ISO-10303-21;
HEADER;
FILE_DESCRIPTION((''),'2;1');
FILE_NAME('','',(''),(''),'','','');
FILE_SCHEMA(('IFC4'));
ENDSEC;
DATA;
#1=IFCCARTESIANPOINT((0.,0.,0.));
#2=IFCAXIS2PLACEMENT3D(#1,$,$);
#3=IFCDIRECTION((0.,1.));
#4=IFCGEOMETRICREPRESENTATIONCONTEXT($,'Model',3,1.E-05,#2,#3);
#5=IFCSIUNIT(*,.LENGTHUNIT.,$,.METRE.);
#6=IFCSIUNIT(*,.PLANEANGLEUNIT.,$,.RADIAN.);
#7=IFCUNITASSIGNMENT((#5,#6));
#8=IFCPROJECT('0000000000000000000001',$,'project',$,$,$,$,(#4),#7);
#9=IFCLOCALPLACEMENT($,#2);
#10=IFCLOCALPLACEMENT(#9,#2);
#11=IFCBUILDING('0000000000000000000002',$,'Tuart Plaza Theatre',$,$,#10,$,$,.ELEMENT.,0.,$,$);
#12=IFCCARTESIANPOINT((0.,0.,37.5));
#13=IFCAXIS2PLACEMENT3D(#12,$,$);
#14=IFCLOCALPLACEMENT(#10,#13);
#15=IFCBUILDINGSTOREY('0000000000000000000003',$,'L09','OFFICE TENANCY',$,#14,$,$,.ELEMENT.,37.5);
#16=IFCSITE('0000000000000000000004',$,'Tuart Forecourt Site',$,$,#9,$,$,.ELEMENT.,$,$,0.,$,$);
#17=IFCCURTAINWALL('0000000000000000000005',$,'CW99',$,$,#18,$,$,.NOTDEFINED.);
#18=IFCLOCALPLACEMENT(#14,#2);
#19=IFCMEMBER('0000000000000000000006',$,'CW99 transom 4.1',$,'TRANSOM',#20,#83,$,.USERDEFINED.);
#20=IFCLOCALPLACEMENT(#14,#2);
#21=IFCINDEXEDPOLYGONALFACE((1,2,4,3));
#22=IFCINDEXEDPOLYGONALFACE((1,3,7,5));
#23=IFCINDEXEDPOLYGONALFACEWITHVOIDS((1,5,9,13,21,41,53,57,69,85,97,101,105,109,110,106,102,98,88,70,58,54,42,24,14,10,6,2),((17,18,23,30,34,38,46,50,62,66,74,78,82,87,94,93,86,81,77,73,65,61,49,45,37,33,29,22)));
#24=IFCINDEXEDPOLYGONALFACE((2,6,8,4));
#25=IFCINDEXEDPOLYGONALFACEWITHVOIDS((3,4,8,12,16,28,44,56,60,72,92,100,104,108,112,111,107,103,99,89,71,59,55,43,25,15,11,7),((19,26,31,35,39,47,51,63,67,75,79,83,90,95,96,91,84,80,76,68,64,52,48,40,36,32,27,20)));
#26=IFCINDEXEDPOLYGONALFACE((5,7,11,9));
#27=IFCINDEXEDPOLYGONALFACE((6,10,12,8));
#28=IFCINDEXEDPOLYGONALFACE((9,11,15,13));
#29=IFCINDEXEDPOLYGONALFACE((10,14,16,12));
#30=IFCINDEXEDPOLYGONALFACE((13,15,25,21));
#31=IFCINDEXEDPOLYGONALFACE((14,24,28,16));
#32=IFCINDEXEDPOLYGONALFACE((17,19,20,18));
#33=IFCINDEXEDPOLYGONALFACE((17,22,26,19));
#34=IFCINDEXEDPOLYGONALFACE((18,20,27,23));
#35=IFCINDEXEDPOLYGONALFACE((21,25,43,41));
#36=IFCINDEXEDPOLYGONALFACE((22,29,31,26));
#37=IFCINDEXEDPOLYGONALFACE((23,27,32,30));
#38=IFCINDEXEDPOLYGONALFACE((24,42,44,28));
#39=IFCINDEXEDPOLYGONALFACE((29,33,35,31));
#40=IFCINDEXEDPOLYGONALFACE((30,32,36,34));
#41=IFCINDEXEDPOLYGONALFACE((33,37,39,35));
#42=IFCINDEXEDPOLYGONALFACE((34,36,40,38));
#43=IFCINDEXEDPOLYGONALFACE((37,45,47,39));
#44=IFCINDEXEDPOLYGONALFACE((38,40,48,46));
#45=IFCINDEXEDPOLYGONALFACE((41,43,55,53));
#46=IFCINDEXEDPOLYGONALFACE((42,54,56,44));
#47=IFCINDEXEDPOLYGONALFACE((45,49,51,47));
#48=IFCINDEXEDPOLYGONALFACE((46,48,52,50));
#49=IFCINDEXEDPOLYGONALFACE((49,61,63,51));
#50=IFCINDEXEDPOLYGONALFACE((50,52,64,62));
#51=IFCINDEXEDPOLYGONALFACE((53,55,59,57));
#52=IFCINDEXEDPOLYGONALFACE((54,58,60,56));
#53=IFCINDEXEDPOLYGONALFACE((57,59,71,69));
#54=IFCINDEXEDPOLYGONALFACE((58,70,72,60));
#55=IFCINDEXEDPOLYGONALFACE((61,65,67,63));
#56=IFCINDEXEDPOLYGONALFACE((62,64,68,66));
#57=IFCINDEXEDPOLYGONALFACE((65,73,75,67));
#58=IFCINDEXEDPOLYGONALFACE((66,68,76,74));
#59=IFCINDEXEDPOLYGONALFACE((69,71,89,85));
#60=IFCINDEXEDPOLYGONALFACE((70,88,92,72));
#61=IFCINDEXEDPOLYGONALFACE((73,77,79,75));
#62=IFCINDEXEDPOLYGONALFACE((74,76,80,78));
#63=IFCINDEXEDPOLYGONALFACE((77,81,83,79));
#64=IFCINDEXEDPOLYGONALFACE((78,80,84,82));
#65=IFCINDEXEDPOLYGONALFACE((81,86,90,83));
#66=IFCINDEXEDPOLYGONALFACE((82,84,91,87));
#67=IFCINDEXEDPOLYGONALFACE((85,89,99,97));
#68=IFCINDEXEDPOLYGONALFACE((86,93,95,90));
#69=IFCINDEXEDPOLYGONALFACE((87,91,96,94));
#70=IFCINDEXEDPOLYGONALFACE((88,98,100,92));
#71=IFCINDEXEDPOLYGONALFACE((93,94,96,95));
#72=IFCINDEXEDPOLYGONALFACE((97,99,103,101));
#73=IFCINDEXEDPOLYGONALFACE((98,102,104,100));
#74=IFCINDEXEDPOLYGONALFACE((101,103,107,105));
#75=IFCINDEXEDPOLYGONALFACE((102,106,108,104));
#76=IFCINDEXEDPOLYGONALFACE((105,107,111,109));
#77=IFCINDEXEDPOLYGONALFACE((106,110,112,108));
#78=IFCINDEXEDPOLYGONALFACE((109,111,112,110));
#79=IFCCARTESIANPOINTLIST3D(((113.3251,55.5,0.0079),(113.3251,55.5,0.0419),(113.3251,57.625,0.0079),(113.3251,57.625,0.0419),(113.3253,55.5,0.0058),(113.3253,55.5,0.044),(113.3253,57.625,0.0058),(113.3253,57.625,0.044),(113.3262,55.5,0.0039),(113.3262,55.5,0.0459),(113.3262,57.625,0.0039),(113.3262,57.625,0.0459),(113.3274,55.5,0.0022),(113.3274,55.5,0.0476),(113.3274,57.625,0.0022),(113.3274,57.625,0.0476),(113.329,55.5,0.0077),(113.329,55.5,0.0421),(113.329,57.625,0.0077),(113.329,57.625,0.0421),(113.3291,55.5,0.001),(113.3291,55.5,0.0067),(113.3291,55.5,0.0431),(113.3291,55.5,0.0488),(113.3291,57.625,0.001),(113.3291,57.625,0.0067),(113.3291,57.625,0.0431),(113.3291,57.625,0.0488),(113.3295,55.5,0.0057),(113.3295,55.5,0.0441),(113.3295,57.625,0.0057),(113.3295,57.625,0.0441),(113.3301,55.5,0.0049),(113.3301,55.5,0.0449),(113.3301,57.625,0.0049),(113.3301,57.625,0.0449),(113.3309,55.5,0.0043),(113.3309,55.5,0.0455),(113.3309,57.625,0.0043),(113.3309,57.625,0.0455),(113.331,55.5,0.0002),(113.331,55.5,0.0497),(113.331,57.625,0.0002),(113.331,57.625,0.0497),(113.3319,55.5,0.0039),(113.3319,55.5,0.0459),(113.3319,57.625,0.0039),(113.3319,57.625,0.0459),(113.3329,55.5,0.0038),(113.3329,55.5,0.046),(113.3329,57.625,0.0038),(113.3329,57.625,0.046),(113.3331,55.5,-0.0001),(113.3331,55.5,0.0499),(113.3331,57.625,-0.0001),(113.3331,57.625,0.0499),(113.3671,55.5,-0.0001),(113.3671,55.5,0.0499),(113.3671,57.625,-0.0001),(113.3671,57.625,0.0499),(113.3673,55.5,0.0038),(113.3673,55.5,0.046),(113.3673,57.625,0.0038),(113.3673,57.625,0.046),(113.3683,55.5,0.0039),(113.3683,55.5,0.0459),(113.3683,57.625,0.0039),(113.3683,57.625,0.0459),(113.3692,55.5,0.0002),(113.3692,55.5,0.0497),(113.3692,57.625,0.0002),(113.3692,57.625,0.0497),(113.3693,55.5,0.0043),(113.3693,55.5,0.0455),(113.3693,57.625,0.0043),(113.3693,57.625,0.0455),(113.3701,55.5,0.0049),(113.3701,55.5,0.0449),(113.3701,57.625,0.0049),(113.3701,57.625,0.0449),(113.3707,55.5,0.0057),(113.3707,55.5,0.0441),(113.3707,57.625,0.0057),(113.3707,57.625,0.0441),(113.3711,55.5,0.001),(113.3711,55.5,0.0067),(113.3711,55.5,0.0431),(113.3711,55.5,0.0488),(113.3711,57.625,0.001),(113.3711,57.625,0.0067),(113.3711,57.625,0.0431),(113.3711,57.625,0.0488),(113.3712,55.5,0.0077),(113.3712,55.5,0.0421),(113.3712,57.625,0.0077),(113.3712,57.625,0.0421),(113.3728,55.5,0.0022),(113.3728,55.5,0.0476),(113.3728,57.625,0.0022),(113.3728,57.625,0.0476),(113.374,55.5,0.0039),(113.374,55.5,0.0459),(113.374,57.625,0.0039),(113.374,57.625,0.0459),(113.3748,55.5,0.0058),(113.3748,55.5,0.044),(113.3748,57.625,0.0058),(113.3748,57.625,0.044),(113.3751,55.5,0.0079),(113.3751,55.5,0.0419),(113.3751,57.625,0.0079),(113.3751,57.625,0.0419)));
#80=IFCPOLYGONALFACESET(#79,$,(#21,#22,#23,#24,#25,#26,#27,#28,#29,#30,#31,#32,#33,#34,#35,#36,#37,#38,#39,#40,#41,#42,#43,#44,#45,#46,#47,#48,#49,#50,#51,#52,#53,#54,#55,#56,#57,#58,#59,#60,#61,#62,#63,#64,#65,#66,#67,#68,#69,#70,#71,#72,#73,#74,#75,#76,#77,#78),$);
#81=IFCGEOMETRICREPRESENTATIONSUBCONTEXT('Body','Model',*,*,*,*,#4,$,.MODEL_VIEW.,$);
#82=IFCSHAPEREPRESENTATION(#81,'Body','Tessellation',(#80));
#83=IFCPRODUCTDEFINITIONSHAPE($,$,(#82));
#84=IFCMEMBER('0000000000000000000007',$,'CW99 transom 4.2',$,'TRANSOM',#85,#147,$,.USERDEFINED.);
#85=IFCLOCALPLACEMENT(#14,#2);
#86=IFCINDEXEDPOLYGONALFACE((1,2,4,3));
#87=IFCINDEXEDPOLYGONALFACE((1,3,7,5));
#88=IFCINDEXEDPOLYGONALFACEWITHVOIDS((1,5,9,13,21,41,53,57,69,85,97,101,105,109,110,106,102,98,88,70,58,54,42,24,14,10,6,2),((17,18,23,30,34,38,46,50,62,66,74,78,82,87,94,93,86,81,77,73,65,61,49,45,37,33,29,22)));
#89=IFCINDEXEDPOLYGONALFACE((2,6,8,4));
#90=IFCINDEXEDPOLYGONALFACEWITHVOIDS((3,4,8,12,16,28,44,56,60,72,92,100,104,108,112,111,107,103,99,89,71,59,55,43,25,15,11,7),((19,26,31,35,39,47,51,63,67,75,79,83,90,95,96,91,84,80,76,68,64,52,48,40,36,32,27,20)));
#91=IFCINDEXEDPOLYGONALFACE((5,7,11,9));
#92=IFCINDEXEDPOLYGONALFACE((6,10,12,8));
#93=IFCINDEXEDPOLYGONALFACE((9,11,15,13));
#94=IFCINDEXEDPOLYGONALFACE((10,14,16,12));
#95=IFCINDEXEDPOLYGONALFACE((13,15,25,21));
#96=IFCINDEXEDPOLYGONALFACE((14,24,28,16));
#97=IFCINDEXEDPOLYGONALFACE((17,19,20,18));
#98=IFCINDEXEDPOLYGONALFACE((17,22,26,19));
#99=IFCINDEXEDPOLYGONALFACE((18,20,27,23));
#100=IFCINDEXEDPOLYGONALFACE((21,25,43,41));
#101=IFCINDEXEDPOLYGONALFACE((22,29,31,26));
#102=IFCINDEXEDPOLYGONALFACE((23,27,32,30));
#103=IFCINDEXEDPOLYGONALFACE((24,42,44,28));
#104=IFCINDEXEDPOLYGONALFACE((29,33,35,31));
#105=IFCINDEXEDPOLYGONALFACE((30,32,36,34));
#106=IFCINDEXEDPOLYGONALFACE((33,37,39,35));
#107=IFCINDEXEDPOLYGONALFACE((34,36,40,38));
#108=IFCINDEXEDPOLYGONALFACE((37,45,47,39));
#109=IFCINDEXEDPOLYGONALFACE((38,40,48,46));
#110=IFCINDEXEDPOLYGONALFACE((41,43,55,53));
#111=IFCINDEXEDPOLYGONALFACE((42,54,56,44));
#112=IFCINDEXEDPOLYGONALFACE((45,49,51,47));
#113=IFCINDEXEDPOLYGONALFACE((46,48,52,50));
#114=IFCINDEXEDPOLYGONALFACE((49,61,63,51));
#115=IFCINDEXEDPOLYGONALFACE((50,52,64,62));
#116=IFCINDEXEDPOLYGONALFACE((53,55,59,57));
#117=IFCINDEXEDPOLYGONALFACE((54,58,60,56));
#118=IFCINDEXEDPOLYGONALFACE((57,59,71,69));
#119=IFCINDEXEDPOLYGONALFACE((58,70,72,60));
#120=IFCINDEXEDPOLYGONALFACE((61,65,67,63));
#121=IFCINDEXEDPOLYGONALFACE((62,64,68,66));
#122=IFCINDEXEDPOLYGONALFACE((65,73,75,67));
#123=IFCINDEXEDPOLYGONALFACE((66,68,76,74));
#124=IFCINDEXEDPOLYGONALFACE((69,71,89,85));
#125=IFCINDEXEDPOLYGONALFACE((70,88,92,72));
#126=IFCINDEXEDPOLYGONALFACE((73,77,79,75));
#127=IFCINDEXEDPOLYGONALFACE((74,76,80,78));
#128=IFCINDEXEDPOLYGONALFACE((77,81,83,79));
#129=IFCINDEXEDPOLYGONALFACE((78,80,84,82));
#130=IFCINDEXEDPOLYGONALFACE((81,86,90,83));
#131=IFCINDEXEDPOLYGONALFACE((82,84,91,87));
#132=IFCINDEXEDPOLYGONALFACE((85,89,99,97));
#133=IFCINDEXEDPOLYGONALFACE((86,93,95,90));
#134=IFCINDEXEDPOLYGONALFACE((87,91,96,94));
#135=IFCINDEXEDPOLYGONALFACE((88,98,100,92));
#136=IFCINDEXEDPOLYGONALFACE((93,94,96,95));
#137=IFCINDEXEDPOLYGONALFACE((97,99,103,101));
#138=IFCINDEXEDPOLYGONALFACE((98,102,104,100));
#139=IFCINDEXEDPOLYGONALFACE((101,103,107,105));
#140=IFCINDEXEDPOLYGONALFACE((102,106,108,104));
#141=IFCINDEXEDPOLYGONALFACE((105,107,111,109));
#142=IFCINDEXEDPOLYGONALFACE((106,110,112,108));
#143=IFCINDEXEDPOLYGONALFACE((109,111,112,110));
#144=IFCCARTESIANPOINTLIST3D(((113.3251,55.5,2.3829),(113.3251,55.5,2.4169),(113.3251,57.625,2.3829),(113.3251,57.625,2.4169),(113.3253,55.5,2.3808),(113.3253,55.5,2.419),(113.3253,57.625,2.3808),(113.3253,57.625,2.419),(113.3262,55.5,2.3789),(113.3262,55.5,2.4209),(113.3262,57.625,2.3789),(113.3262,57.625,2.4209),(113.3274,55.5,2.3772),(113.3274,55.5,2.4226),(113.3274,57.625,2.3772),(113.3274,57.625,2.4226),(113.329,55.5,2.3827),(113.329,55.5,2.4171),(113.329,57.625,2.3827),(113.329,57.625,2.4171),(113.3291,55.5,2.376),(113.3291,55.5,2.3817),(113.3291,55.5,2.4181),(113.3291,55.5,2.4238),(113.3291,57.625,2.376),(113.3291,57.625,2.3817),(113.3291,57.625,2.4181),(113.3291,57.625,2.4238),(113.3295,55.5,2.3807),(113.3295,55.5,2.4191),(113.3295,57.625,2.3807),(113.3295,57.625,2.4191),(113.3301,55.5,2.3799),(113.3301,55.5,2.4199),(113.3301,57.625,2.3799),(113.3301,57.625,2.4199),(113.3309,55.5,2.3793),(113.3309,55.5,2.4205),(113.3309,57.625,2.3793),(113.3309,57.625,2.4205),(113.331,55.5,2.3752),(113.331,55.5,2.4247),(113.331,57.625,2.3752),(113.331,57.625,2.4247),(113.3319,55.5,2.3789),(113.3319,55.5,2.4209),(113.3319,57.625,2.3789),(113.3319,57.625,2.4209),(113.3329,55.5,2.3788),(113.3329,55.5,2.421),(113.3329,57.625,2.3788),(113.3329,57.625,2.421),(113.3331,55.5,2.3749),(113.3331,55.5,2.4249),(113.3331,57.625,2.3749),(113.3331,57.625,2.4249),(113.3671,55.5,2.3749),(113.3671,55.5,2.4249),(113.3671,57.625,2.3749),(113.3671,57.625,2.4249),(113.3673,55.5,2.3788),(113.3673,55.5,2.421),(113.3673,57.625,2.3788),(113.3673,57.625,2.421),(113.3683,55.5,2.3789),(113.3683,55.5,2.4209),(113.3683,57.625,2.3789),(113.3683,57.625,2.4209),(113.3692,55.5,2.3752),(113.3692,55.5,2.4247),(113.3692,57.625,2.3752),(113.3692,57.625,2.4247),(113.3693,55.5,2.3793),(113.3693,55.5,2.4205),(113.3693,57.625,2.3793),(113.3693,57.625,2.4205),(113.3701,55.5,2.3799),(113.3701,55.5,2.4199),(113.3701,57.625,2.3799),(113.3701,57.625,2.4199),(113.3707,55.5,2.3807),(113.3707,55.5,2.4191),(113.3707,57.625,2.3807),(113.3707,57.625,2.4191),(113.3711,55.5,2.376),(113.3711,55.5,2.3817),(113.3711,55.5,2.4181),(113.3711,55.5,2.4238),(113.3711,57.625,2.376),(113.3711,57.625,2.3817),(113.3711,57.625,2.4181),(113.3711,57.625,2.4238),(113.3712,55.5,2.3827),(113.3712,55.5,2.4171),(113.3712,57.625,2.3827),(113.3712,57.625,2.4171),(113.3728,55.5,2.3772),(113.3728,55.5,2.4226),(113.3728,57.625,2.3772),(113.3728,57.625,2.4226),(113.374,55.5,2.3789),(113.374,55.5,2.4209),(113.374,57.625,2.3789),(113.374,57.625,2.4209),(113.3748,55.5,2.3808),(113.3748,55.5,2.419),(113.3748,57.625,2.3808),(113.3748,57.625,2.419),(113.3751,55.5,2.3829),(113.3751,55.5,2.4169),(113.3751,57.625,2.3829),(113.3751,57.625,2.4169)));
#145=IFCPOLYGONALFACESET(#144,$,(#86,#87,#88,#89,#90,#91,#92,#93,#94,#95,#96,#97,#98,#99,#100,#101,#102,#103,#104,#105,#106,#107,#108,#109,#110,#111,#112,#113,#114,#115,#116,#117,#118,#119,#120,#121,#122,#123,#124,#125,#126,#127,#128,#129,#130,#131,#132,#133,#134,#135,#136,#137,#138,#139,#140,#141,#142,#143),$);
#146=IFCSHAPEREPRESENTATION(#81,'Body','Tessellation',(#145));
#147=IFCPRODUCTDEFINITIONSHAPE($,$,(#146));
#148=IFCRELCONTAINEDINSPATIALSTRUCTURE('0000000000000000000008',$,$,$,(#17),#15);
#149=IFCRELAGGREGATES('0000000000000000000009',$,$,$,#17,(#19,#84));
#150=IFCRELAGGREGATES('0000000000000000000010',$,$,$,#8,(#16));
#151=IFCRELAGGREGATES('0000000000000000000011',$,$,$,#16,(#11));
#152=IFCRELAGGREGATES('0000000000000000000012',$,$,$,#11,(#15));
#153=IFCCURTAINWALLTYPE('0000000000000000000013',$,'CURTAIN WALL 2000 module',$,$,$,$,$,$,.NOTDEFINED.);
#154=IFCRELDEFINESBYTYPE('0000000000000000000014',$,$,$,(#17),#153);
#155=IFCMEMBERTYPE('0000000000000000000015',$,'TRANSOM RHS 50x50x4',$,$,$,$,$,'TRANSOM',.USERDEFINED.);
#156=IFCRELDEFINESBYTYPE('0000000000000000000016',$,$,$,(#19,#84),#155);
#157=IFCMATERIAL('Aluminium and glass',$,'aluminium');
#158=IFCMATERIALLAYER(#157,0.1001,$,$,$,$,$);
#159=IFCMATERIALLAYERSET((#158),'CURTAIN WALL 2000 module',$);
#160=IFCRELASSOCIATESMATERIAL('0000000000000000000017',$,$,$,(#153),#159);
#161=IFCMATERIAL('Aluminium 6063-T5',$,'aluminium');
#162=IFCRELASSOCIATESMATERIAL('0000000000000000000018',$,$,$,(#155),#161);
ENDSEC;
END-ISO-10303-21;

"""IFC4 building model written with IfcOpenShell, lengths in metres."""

from ifc_helpers import new_model, si_unit, direction, frame, origin, origin_2d, place, context, subcontext, project, spatial, hollow_rectangle, extrude, material, layer, layer_set, material_profile, profile_set, type_object, element, aggregate, save


model = new_model("IFC4")

# Units and contexts
model_context = context("Model", 3, precision=1e-05, world=origin(), true_north=direction((0.0, 1.0)))
body_context = subcontext(model_context, "Body", "Model", "MODEL_VIEW")
ifc_project = project(units=[si_unit("LENGTHUNIT", "METRE"), si_unit("PLANEANGLEUNIT", "RADIAN")], contexts=[model_context])

# Site, building, storey
site_placement = place(None, origin())
site = spatial("IfcSite", under=ifc_project, at=site_placement, Name="Tuart Forecourt Site", CompositionType="ELEMENT", RefElevation=0.0)
building_placement = place(site_placement, origin())
building = spatial("IfcBuilding", under=site, at=building_placement, Name="Tuart Plaza Theatre", CompositionType="ELEMENT", ElevationOfRefHeight=0.0)
storey_placement = place(building_placement, frame((0.0, 0.0, 37.5)))
storey = spatial("IfcBuildingStorey", under=building, at=storey_placement, Name="L09", Description="OFFICE TENANCY", CompositionType="ELEMENT", Elevation=37.5)

# Curtain wall, members
ifc_material_1 = material(Name="Aluminium and glass", Category="aluminium")
ifc_layer_1 = layer(ifc_material_1, 0.1001)
ifc_layer_set_1 = layer_set([ifc_layer_1], Name="CURTAIN WALL 2000 module")
curtain_wall_type = type_object("IfcCurtainWallType", Name="CURTAIN WALL 2000 module", PredefinedType="NOTDEFINED", material=ifc_layer_set_1)
curtain_wall_1_placement = place(storey_placement, origin())
curtain_wall_1 = element("IfcCurtainWall", 1, at=curtain_wall_1_placement, inside=storey, type_object=curtain_wall_type, Name="CW99", PredefinedType="NOTDEFINED")
ifc_material_2 = material(Name="Aluminium 6063-T5", Category="aluminium")
ifc_material_profile_1 = material_profile(ifc_material_2, hollow_rectangle(XDim=0.05, YDim=0.05, WallThickness=0.0039, InnerFilletRadius=0.0039, OuterFilletRadius=0.0081, at=origin_2d()), Name="RHS 50x50x4")
ifc_profile_set_1 = profile_set([ifc_material_profile_1], Name="Aluminium 6063-T5")
member_type = type_object("IfcMemberType", Name="TRANSOM RHS 50x50x4", ElementType="TRANSOM", PredefinedType="USERDEFINED", material=ifc_profile_set_1)
member_1_placement = place(storey_placement, frame((113.3501, 57.625, 0.0249), z_axis=(0.0, -1.0, 0.0), x_axis=(1.0, 0.0, 0.0)))
member_1 = element("IfcMember", 2, at=member_1_placement, type_object=member_type, Name="CW99 transom 4.1", ObjectType="TRANSOM", PredefinedType="USERDEFINED", context=body_context, shape_type="SweptSolid", body=[
    extrude(hollow_rectangle(XDim=0.05, YDim=0.05, WallThickness=0.0039, InnerFilletRadius=0.0039, OuterFilletRadius=0.0081, at=origin_2d()), origin(), (0.0, 0.0, 1.0), 2.125),
])
member_2_placement = place(storey_placement, frame((113.3501, 57.625, 2.3999), z_axis=(0.0, -1.0, 0.0), x_axis=(1.0, 0.0, 0.0)))
member_2 = element("IfcMember", 3, at=member_2_placement, type_object=member_type, Name="CW99 transom 4.2", ObjectType="TRANSOM", PredefinedType="USERDEFINED", context=body_context, shape_type="SweptSolid", body=[
    extrude(hollow_rectangle(XDim=0.05, YDim=0.05, WallThickness=0.0039, InnerFilletRadius=0.0039, OuterFilletRadius=0.0081, at=origin_2d()), origin(), (0.0, 0.0, 1.0), 2.125),
])

aggregate(curtain_wall_1, [member_1, member_2])

save(model, "model.ifc")
